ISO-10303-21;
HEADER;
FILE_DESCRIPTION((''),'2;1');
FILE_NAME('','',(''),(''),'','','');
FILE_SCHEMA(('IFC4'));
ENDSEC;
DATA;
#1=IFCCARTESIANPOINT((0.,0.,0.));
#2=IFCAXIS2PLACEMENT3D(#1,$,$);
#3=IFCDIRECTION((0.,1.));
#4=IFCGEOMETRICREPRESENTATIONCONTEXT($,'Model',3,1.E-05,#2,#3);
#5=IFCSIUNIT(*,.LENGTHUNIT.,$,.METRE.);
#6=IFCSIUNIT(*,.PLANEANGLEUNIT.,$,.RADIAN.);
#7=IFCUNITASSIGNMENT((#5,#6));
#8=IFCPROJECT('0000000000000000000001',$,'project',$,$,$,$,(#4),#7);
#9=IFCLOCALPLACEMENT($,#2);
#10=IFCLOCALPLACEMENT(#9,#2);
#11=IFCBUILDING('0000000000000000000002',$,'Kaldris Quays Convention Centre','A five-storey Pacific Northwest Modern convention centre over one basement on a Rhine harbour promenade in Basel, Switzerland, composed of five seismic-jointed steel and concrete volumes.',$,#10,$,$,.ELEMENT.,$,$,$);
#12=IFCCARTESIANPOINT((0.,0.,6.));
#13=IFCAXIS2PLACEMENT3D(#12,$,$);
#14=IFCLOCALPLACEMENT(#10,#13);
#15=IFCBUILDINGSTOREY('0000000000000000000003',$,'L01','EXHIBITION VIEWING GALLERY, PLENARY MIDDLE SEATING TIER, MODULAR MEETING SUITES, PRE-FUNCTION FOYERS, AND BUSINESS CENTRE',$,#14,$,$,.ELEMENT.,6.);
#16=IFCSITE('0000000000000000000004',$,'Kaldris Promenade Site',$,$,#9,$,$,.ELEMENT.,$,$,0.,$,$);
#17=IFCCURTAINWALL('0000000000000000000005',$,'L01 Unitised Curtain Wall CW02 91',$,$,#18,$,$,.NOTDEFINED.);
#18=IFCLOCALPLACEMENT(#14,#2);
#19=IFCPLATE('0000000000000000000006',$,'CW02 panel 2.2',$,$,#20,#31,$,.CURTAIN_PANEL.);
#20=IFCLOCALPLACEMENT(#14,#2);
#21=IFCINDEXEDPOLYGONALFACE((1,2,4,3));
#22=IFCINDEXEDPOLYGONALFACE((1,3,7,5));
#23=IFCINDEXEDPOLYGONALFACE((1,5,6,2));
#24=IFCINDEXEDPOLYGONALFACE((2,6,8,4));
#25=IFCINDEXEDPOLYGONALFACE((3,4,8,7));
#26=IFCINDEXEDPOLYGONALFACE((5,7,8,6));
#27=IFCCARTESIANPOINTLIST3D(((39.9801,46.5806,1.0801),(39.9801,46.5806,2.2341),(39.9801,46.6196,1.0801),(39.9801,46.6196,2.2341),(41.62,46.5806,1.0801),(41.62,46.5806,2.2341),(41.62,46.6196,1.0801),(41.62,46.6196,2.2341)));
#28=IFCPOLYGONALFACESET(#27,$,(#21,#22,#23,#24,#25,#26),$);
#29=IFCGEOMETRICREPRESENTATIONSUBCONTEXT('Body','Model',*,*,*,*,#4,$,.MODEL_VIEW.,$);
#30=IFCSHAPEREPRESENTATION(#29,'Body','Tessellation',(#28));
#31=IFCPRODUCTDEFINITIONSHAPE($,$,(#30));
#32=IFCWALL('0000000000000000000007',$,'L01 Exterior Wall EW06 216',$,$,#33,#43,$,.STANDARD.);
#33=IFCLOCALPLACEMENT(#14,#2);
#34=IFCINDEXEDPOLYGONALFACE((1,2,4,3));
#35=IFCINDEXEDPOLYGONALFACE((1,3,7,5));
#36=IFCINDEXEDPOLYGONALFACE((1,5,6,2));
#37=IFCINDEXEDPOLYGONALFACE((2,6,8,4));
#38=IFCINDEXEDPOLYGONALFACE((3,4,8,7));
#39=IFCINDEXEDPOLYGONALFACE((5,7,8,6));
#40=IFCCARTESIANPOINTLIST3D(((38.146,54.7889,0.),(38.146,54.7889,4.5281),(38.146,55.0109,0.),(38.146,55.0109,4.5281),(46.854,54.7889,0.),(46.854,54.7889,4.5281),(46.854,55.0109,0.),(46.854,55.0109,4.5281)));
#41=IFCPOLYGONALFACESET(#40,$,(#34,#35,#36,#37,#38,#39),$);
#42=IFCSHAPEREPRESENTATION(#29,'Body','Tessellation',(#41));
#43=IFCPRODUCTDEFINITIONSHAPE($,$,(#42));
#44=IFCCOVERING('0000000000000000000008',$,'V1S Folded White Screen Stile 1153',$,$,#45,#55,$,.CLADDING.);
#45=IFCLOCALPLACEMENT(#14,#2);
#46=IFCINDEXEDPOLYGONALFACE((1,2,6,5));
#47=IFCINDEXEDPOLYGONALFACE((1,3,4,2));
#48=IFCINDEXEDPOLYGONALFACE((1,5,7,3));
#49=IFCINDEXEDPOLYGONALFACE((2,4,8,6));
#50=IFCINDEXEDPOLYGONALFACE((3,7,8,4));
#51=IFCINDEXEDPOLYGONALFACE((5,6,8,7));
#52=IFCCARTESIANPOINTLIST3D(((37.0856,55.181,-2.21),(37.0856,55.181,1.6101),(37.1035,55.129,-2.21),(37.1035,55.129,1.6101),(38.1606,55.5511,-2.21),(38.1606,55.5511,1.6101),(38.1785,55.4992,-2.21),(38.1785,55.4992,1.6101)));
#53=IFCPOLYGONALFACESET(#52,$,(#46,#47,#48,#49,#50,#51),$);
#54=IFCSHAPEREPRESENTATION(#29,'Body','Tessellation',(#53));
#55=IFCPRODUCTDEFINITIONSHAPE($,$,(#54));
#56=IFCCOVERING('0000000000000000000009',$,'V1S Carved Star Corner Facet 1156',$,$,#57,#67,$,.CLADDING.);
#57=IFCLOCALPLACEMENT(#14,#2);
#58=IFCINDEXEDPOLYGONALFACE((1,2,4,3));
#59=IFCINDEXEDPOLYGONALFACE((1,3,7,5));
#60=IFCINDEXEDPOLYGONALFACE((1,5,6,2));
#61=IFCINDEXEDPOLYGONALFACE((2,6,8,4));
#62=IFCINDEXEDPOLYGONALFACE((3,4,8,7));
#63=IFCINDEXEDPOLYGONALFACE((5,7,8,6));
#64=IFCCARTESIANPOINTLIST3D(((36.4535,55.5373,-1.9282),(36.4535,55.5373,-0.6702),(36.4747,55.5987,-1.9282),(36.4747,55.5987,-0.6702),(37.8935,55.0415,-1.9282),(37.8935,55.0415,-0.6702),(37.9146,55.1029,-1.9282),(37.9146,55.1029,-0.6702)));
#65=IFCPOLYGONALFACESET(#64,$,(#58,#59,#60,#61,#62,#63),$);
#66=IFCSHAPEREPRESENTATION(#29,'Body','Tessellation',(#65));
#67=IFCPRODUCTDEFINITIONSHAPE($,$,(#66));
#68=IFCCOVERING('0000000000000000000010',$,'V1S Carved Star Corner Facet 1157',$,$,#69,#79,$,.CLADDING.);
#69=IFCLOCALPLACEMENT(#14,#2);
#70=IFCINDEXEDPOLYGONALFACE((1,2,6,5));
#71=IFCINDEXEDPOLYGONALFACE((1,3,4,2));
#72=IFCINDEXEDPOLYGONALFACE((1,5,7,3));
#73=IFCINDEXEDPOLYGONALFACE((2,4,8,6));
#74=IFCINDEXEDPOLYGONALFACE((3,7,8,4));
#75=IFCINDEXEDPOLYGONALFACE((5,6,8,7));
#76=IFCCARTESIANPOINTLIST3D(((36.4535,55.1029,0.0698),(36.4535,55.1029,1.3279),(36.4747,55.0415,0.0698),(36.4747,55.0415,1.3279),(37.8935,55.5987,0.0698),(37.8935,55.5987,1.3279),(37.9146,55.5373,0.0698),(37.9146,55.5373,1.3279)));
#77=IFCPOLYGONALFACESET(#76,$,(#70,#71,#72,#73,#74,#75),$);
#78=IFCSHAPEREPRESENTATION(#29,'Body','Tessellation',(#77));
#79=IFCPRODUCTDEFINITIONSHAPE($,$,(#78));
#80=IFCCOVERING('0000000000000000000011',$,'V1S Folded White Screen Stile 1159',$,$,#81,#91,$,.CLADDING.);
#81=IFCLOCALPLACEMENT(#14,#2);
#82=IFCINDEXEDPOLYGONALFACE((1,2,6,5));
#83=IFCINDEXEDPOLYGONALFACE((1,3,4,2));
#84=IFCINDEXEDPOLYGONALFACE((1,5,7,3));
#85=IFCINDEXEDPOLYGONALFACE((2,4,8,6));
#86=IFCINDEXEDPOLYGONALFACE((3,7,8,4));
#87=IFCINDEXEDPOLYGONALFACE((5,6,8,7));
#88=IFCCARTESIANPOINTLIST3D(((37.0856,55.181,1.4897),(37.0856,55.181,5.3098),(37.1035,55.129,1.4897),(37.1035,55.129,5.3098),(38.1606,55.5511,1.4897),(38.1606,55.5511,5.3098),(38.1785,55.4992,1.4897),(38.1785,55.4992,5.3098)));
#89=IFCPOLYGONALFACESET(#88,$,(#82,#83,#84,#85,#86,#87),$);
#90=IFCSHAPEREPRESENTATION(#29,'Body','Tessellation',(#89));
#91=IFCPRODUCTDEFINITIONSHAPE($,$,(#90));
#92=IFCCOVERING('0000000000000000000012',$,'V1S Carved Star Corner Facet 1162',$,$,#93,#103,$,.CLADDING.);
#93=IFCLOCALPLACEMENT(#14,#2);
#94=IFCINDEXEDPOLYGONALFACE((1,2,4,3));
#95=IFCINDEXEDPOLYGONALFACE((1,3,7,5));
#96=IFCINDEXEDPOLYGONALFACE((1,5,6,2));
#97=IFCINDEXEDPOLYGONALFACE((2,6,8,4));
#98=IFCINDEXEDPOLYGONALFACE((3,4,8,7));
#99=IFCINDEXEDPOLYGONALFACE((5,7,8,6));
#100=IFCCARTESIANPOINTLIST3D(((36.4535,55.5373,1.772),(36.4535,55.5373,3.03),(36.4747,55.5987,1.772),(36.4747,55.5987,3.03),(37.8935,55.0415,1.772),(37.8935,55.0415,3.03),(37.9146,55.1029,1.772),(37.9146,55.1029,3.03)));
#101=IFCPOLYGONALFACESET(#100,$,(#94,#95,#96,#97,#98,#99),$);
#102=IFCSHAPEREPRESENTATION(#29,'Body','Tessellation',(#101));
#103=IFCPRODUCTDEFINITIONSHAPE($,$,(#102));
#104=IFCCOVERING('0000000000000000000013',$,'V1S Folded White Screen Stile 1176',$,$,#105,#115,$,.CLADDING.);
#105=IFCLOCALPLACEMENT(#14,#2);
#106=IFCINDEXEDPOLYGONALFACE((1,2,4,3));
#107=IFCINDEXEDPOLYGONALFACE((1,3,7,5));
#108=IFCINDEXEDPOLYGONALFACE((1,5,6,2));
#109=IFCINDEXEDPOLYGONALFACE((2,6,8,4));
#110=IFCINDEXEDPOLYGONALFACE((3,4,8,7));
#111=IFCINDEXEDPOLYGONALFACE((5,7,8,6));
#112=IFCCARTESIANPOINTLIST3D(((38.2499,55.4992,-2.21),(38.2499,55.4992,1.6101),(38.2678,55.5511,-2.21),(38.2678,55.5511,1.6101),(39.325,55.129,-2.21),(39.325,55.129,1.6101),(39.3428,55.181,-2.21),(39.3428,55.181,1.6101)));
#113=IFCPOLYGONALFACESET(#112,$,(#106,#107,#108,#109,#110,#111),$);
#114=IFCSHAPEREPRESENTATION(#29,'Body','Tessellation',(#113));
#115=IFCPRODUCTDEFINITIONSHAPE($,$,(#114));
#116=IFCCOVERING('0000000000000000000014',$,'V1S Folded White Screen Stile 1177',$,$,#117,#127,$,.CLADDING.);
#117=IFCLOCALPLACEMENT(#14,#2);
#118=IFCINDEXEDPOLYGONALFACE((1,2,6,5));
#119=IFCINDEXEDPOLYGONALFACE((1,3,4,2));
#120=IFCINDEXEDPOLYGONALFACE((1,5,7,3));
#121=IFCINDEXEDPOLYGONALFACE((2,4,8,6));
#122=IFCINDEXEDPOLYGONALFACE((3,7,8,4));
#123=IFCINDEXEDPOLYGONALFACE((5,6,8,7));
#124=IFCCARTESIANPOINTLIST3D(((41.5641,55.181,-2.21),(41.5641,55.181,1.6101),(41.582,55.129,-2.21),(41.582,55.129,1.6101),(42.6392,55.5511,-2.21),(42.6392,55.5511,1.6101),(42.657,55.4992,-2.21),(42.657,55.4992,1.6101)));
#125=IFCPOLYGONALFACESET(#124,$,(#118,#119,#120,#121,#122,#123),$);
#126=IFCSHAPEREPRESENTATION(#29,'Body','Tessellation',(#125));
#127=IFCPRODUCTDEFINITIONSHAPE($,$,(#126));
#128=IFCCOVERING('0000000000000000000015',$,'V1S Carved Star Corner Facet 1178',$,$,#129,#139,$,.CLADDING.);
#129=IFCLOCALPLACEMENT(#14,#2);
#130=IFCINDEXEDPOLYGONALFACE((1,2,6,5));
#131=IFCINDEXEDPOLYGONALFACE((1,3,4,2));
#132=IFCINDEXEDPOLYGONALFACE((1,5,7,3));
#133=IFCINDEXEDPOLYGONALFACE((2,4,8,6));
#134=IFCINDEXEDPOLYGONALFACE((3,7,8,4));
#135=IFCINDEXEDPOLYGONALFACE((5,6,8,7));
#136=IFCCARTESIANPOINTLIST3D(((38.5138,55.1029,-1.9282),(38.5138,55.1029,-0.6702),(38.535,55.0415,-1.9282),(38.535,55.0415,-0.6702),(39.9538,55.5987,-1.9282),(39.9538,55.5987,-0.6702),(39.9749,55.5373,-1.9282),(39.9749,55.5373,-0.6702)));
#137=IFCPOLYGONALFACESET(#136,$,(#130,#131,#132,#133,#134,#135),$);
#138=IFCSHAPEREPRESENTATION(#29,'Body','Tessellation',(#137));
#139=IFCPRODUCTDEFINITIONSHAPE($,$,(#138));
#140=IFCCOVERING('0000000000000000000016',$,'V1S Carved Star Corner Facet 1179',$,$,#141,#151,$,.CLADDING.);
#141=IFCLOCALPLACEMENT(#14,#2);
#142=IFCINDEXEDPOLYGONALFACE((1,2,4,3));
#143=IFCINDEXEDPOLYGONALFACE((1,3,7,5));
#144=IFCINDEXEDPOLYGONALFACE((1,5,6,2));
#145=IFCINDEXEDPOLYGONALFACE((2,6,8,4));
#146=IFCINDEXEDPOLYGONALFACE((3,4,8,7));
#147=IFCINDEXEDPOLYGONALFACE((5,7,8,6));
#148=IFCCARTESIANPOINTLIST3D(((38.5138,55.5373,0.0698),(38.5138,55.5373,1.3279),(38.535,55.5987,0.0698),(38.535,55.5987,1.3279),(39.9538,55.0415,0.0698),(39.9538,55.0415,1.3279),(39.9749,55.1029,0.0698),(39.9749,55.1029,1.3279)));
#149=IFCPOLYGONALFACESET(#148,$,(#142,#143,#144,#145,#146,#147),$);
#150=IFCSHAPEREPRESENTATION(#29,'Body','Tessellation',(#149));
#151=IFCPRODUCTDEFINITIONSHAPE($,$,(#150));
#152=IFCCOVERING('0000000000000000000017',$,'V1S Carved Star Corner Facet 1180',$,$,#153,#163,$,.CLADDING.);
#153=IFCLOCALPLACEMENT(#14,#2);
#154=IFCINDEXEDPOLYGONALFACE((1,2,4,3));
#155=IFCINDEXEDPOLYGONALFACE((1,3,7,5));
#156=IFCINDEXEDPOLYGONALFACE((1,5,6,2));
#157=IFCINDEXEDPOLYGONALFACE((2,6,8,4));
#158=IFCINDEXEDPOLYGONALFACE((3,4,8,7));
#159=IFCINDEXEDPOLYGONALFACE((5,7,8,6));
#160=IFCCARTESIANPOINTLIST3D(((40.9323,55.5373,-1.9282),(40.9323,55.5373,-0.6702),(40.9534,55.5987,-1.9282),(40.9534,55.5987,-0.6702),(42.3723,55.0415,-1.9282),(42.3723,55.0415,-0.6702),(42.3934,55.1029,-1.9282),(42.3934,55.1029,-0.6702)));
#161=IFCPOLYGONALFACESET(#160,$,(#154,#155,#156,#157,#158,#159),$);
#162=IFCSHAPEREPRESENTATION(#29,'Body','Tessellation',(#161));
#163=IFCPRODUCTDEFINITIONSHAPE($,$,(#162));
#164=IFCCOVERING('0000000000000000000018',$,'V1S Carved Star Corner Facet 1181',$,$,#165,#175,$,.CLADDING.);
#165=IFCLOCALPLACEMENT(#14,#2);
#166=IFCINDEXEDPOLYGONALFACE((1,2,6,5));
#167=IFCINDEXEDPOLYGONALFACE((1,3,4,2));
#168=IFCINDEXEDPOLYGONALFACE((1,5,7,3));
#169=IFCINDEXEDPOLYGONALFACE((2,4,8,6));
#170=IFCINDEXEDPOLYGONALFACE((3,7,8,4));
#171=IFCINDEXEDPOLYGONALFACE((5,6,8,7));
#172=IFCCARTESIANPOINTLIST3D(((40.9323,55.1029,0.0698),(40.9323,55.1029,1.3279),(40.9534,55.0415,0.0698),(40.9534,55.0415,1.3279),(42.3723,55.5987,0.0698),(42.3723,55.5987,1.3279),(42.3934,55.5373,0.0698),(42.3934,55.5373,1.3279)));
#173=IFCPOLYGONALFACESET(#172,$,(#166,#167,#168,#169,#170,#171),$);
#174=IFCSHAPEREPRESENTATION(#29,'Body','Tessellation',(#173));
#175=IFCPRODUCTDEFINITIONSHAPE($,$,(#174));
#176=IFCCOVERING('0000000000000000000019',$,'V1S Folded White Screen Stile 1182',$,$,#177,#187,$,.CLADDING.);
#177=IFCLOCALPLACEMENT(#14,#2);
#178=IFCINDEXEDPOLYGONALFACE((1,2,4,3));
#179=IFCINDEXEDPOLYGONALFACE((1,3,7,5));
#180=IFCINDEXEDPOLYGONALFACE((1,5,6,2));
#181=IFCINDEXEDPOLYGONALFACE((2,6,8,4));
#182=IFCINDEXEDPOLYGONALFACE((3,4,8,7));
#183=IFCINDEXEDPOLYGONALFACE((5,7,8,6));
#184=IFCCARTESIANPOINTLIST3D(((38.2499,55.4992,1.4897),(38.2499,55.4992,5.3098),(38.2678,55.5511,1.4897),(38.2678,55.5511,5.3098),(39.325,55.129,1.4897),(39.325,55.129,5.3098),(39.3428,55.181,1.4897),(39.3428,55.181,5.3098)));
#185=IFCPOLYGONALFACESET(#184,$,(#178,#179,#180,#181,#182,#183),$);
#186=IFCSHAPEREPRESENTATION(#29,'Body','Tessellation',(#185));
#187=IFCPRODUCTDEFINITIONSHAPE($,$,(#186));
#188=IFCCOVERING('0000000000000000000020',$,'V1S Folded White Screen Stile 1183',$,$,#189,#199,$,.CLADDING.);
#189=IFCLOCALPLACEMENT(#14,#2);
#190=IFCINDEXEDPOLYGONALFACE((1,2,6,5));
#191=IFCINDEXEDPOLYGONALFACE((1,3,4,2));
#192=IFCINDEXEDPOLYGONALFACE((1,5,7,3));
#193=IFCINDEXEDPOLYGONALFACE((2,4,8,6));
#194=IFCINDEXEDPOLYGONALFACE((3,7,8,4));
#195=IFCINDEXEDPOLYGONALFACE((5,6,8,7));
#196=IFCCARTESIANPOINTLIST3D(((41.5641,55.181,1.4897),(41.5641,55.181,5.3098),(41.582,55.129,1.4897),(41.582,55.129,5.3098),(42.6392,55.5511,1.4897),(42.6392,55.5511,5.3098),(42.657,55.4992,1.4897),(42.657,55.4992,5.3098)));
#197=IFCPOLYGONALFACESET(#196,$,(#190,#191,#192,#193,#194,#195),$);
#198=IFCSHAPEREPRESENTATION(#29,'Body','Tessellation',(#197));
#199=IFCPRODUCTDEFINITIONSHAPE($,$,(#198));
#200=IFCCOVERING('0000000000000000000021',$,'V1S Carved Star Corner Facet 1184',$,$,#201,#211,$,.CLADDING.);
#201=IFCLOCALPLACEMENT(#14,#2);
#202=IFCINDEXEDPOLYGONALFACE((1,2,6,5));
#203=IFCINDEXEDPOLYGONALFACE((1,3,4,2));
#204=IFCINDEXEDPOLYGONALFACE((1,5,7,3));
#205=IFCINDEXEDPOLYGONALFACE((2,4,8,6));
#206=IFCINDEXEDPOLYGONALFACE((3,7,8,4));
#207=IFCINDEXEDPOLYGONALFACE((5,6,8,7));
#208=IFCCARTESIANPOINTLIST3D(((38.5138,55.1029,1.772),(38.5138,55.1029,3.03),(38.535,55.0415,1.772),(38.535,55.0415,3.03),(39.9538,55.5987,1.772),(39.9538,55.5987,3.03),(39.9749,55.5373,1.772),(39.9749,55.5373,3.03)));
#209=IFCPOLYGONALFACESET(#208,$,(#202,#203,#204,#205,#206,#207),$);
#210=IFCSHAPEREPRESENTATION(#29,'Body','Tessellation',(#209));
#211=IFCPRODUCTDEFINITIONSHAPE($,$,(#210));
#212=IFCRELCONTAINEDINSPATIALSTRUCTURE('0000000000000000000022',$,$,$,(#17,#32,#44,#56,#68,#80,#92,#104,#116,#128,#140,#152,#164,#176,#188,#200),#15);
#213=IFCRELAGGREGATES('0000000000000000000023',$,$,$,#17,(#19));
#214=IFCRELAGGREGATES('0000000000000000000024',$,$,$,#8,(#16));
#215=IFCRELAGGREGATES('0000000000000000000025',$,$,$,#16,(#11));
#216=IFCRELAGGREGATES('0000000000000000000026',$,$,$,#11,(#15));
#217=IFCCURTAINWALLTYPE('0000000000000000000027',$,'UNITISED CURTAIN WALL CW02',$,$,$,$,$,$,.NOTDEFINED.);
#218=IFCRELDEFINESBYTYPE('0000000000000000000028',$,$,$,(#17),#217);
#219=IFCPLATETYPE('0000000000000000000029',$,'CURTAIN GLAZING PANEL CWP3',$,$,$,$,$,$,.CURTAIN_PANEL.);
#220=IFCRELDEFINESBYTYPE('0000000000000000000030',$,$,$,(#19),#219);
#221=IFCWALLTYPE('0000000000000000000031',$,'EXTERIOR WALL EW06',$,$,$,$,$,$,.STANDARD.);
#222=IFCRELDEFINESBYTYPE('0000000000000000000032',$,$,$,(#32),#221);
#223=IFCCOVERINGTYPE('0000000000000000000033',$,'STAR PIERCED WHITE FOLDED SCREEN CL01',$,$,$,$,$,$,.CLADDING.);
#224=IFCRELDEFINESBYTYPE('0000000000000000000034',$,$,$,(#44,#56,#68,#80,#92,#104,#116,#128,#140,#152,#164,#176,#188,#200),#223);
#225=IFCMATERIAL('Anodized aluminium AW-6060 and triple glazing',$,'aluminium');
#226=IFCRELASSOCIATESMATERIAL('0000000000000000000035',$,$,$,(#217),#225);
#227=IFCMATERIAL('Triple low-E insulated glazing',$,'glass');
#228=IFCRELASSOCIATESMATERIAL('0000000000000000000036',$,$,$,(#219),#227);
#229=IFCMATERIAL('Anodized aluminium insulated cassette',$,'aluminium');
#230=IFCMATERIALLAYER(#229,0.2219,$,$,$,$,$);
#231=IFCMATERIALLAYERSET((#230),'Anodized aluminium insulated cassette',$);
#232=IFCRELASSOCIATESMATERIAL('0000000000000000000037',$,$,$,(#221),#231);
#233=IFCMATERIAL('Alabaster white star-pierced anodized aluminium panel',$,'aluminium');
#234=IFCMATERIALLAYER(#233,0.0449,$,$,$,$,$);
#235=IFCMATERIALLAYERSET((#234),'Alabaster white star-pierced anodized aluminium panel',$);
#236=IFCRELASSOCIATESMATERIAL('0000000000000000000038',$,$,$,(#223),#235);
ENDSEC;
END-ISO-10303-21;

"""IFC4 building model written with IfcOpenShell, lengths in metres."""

from ifc_helpers import new_model, si_unit, direction, frame, frame_2d, origin, origin_2d, place, context, subcontext, project, spatial, rectangle, extrude, material, layer, layer_set, type_object, element, aggregate, save


model = new_model("IFC4")

# Units and contexts
model_context = context("Model", 3, precision=1e-05, world=origin(), true_north=direction((0.0, 1.0)))
body_context = subcontext(model_context, "Body", "Model", "MODEL_VIEW")
ifc_project = project(units=[si_unit("LENGTHUNIT", "METRE"), si_unit("PLANEANGLEUNIT", "RADIAN")], contexts=[model_context])

# Site, building, storey
site_placement = place(None, origin())
site = spatial("IfcSite", under=ifc_project, at=site_placement, Name="Kaldris Promenade Site", CompositionType="ELEMENT", RefElevation=0.0)
building_placement = place(site_placement, origin())
building = spatial("IfcBuilding", under=site, at=building_placement, Name="Kaldris Quays Convention Centre", Description="A five-storey Pacific Northwest Modern convention centre over one basement on a Rhine harbour promenade in Basel, Switzerland, composed of five seismic-jointed steel and concrete volumes.", CompositionType="ELEMENT")
storey_placement = place(building_placement, frame((0.0, 0.0, 6.0)))
storey = spatial("IfcBuildingStorey", under=building, at=storey_placement, Name="L01", Description="EXHIBITION VIEWING GALLERY, PLENARY MIDDLE SEATING TIER, MODULAR MEETING SUITES, PRE-FUNCTION FOYERS, AND BUSINESS CENTRE", CompositionType="ELEMENT", Elevation=6.0)

# Curtain wall, plate
ifc_material_1 = material(Name="Anodized aluminium AW-6060 and triple glazing", Category="aluminium")
curtain_wall_type = type_object("IfcCurtainWallType", Name="UNITISED CURTAIN WALL CW02", PredefinedType="NOTDEFINED", material=ifc_material_1)
curtain_wall_placement = place(storey_placement, origin())
curtain_wall = element("IfcCurtainWall", 1, at=curtain_wall_placement, inside=storey, type_object=curtain_wall_type, Name="L01 Unitised Curtain Wall CW02 91", PredefinedType="NOTDEFINED")
ifc_material_2 = material(Name="Triple low-E insulated glazing", Category="glass")
plate_type = type_object("IfcPlateType", Name="CURTAIN GLAZING PANEL CWP3", PredefinedType="CURTAIN_PANEL", material=ifc_material_2)
plate_1_placement = place(storey_placement, frame((40.8, 46.6001, 1.0801), z_axis=(0.0, 0.0, 1.0), x_axis=(1.0, 0.0, 0.0)))
plate_1 = element("IfcPlate", 2, at=plate_1_placement, type_object=plate_type, Name="CW02 panel 2.2", PredefinedType="CURTAIN_PANEL", context=body_context, shape_type="SweptSolid", body=[
    extrude(rectangle(XDim=1.6399, YDim=0.0391, at=origin_2d()), origin(), (0.0, 0.0, 1.0), 1.1541),
])
aggregate(curtain_wall, [plate_1])

# Wall
ifc_material_3 = material(Name="Anodized aluminium insulated cassette", Category="aluminium")
ifc_layer_1 = layer(ifc_material_3, 0.2219)
ifc_layer_set_1 = layer_set([ifc_layer_1], Name="Anodized aluminium insulated cassette")
wall_type = type_object("IfcWallType", Name="EXTERIOR WALL EW06", PredefinedType="STANDARD", material=ifc_layer_set_1)
wall_placement = place(storey_placement, frame((38.146, 54.8999, 0.0), z_axis=(0.0, 0.0, 1.0), x_axis=(1.0, 0.0, 0.0)))
element("IfcWall", 3, at=wall_placement, inside=storey, type_object=wall_type, Name="L01 Exterior Wall EW06 216", PredefinedType="STANDARD", context=body_context, shape_type="SweptSolid", body=[
    extrude(rectangle(XDim=8.708, YDim=0.2219, at=frame_2d((4.354, 0.0))), origin(), (0.0, 0.0, 1.0), 4.5281),
])

# Coverings
ifc_material_4 = material(Name="Alabaster white star-pierced anodized aluminium panel", Category="aluminium")
ifc_layer_2 = layer(ifc_material_4, 0.0449)
ifc_layer_set_2 = layer_set([ifc_layer_2], Name="Alabaster white star-pierced anodized aluminium panel")
covering_type = type_object("IfcCoveringType", Name="STAR PIERCED WHITE FOLDED SCREEN CL01", PredefinedType="CLADDING", material=ifc_layer_set_2)
covering_1_placement = place(storey_placement, frame((37.6321, 55.3401, -2.21), z_axis=(0.0, 0.0, 1.0), x_axis=(0.945519, 0.325568, 0.0)))
element("IfcCovering", 4, at=covering_1_placement, inside=storey, type_object=covering_type, Name="V1S Folded White Screen Stile 1153", PredefinedType="CLADDING", context=body_context, shape_type="SweptSolid", body=[
    extrude(rectangle(XDim=1.137, YDim=0.0549, at=origin_2d()), origin(), (0.0, 0.0, 1.0), 3.8201),
])
for number, where, z_axis, x_axis, name in (
    (5, (37.1841, 55.3201, -1.9282), (0.0, 0.0, 1.0), (0.945519, -0.325568, 0.0), "V1S Carved Star Corner Facet 1156"),
    (6, (37.1841, 55.3201, 0.0698), (0.0, 0.0, 1.0), (0.945519, 0.325568, 0.0), "V1S Carved Star Corner Facet 1157"),
):
    element("IfcCovering", number, at=place(storey_placement, frame(where, z_axis=z_axis, x_axis=x_axis)), inside=storey, type_object=covering_type, Name=name, PredefinedType="CLADDING", context=body_context, shape_type="SweptSolid", body=[
        extrude(rectangle(XDim=1.5229, YDim=0.0649, at=origin_2d()), origin(), (0.0, 0.0, 1.0), 1.2581),
    ])
covering_2_placement = place(storey_placement, frame((37.6321, 55.3401, 1.4897), z_axis=(0.0, 0.0, 1.0), x_axis=(0.945519, 0.325568, 0.0)))
element("IfcCovering", 7, at=covering_2_placement, inside=storey, type_object=covering_type, Name="V1S Folded White Screen Stile 1159", PredefinedType="CLADDING", context=body_context, shape_type="SweptSolid", body=[
    extrude(rectangle(XDim=1.137, YDim=0.0549, at=origin_2d()), origin(), (0.0, 0.0, 1.0), 3.8201),
])
covering_3_placement = place(storey_placement, frame((37.1841, 55.3201, 1.772), z_axis=(0.0, 0.0, 1.0), x_axis=(0.945519, -0.325568, 0.0)))
element("IfcCovering", 8, at=covering_3_placement, inside=storey, type_object=covering_type, Name="V1S Carved Star Corner Facet 1162", PredefinedType="CLADDING", context=body_context, shape_type="SweptSolid", body=[
    extrude(rectangle(XDim=1.5229, YDim=0.0649, at=origin_2d()), origin(), (0.0, 0.0, 1.0), 1.2581),
])
for number, where, z_axis, x_axis, name in (
    (9, (38.7964, 55.3401, -2.21), (0.0, 0.0, 1.0), (0.945519, -0.325568, 0.0), "V1S Folded White Screen Stile 1176"),
    (10, (42.1106, 55.3401, -2.21), (0.0, 0.0, 1.0), (0.945519, 0.325568, 0.0), "V1S Folded White Screen Stile 1177"),
):
    element("IfcCovering", number, at=place(storey_placement, frame(where, z_axis=z_axis, x_axis=x_axis)), inside=storey, type_object=covering_type, Name=name, PredefinedType="CLADDING", context=body_context, shape_type="SweptSolid", body=[
        extrude(rectangle(XDim=1.137, YDim=0.0549, at=origin_2d()), origin(), (0.0, 0.0, 1.0), 3.8201),
    ])
for number, where, z_axis, x_axis, name in (
    (11, (39.2444, 55.3201, -1.9282), (0.0, 0.0, 1.0), (0.945519, 0.325568, 0.0), "V1S Carved Star Corner Facet 1178"),
    (12, (39.2444, 55.3201, 0.0698), (0.0, 0.0, 1.0), (0.945519, -0.325568, 0.0), "V1S Carved Star Corner Facet 1179"),
    (13, (41.6628, 55.3201, -1.9282), (0.0, 0.0, 1.0), (0.945519, -0.325568, 0.0), "V1S Carved Star Corner Facet 1180"),
    (14, (41.6628, 55.3201, 0.0698), (0.0, 0.0, 1.0), (0.945519, 0.325568, 0.0), "V1S Carved Star Corner Facet 1181"),
):
    element("IfcCovering", number, at=place(storey_placement, frame(where, z_axis=z_axis, x_axis=x_axis)), inside=storey, type_object=covering_type, Name=name, PredefinedType="CLADDING", context=body_context, shape_type="SweptSolid", body=[
        extrude(rectangle(XDim=1.5229, YDim=0.0649, at=origin_2d()), origin(), (0.0, 0.0, 1.0), 1.2581),
    ])
for number, where, z_axis, x_axis, name in (
    (15, (38.7964, 55.3401, 1.4897), (0.0, 0.0, 1.0), (0.945519, -0.325568, 0.0), "V1S Folded White Screen Stile 1182"),
    (16, (42.1106, 55.3401, 1.4897), (0.0, 0.0, 1.0), (0.945519, 0.325568, 0.0), "V1S Folded White Screen Stile 1183"),
):
    element("IfcCovering", number, at=place(storey_placement, frame(where, z_axis=z_axis, x_axis=x_axis)), inside=storey, type_object=covering_type, Name=name, PredefinedType="CLADDING", context=body_context, shape_type="SweptSolid", body=[
        extrude(rectangle(XDim=1.137, YDim=0.0549, at=origin_2d()), origin(), (0.0, 0.0, 1.0), 3.8201),
    ])
covering_4_placement = place(storey_placement, frame((39.2444, 55.3201, 1.772), z_axis=(0.0, 0.0, 1.0), x_axis=(0.945519, 0.325568, 0.0)))
element("IfcCovering", 17, at=covering_4_placement, inside=storey, type_object=covering_type, Name="V1S Carved Star Corner Facet 1184", PredefinedType="CLADDING", context=body_context, shape_type="SweptSolid", body=[
    extrude(rectangle(XDim=1.5229, YDim=0.0649, at=origin_2d()), origin(), (0.0, 0.0, 1.0), 1.2581),
])

save(model, "model.ifc")
